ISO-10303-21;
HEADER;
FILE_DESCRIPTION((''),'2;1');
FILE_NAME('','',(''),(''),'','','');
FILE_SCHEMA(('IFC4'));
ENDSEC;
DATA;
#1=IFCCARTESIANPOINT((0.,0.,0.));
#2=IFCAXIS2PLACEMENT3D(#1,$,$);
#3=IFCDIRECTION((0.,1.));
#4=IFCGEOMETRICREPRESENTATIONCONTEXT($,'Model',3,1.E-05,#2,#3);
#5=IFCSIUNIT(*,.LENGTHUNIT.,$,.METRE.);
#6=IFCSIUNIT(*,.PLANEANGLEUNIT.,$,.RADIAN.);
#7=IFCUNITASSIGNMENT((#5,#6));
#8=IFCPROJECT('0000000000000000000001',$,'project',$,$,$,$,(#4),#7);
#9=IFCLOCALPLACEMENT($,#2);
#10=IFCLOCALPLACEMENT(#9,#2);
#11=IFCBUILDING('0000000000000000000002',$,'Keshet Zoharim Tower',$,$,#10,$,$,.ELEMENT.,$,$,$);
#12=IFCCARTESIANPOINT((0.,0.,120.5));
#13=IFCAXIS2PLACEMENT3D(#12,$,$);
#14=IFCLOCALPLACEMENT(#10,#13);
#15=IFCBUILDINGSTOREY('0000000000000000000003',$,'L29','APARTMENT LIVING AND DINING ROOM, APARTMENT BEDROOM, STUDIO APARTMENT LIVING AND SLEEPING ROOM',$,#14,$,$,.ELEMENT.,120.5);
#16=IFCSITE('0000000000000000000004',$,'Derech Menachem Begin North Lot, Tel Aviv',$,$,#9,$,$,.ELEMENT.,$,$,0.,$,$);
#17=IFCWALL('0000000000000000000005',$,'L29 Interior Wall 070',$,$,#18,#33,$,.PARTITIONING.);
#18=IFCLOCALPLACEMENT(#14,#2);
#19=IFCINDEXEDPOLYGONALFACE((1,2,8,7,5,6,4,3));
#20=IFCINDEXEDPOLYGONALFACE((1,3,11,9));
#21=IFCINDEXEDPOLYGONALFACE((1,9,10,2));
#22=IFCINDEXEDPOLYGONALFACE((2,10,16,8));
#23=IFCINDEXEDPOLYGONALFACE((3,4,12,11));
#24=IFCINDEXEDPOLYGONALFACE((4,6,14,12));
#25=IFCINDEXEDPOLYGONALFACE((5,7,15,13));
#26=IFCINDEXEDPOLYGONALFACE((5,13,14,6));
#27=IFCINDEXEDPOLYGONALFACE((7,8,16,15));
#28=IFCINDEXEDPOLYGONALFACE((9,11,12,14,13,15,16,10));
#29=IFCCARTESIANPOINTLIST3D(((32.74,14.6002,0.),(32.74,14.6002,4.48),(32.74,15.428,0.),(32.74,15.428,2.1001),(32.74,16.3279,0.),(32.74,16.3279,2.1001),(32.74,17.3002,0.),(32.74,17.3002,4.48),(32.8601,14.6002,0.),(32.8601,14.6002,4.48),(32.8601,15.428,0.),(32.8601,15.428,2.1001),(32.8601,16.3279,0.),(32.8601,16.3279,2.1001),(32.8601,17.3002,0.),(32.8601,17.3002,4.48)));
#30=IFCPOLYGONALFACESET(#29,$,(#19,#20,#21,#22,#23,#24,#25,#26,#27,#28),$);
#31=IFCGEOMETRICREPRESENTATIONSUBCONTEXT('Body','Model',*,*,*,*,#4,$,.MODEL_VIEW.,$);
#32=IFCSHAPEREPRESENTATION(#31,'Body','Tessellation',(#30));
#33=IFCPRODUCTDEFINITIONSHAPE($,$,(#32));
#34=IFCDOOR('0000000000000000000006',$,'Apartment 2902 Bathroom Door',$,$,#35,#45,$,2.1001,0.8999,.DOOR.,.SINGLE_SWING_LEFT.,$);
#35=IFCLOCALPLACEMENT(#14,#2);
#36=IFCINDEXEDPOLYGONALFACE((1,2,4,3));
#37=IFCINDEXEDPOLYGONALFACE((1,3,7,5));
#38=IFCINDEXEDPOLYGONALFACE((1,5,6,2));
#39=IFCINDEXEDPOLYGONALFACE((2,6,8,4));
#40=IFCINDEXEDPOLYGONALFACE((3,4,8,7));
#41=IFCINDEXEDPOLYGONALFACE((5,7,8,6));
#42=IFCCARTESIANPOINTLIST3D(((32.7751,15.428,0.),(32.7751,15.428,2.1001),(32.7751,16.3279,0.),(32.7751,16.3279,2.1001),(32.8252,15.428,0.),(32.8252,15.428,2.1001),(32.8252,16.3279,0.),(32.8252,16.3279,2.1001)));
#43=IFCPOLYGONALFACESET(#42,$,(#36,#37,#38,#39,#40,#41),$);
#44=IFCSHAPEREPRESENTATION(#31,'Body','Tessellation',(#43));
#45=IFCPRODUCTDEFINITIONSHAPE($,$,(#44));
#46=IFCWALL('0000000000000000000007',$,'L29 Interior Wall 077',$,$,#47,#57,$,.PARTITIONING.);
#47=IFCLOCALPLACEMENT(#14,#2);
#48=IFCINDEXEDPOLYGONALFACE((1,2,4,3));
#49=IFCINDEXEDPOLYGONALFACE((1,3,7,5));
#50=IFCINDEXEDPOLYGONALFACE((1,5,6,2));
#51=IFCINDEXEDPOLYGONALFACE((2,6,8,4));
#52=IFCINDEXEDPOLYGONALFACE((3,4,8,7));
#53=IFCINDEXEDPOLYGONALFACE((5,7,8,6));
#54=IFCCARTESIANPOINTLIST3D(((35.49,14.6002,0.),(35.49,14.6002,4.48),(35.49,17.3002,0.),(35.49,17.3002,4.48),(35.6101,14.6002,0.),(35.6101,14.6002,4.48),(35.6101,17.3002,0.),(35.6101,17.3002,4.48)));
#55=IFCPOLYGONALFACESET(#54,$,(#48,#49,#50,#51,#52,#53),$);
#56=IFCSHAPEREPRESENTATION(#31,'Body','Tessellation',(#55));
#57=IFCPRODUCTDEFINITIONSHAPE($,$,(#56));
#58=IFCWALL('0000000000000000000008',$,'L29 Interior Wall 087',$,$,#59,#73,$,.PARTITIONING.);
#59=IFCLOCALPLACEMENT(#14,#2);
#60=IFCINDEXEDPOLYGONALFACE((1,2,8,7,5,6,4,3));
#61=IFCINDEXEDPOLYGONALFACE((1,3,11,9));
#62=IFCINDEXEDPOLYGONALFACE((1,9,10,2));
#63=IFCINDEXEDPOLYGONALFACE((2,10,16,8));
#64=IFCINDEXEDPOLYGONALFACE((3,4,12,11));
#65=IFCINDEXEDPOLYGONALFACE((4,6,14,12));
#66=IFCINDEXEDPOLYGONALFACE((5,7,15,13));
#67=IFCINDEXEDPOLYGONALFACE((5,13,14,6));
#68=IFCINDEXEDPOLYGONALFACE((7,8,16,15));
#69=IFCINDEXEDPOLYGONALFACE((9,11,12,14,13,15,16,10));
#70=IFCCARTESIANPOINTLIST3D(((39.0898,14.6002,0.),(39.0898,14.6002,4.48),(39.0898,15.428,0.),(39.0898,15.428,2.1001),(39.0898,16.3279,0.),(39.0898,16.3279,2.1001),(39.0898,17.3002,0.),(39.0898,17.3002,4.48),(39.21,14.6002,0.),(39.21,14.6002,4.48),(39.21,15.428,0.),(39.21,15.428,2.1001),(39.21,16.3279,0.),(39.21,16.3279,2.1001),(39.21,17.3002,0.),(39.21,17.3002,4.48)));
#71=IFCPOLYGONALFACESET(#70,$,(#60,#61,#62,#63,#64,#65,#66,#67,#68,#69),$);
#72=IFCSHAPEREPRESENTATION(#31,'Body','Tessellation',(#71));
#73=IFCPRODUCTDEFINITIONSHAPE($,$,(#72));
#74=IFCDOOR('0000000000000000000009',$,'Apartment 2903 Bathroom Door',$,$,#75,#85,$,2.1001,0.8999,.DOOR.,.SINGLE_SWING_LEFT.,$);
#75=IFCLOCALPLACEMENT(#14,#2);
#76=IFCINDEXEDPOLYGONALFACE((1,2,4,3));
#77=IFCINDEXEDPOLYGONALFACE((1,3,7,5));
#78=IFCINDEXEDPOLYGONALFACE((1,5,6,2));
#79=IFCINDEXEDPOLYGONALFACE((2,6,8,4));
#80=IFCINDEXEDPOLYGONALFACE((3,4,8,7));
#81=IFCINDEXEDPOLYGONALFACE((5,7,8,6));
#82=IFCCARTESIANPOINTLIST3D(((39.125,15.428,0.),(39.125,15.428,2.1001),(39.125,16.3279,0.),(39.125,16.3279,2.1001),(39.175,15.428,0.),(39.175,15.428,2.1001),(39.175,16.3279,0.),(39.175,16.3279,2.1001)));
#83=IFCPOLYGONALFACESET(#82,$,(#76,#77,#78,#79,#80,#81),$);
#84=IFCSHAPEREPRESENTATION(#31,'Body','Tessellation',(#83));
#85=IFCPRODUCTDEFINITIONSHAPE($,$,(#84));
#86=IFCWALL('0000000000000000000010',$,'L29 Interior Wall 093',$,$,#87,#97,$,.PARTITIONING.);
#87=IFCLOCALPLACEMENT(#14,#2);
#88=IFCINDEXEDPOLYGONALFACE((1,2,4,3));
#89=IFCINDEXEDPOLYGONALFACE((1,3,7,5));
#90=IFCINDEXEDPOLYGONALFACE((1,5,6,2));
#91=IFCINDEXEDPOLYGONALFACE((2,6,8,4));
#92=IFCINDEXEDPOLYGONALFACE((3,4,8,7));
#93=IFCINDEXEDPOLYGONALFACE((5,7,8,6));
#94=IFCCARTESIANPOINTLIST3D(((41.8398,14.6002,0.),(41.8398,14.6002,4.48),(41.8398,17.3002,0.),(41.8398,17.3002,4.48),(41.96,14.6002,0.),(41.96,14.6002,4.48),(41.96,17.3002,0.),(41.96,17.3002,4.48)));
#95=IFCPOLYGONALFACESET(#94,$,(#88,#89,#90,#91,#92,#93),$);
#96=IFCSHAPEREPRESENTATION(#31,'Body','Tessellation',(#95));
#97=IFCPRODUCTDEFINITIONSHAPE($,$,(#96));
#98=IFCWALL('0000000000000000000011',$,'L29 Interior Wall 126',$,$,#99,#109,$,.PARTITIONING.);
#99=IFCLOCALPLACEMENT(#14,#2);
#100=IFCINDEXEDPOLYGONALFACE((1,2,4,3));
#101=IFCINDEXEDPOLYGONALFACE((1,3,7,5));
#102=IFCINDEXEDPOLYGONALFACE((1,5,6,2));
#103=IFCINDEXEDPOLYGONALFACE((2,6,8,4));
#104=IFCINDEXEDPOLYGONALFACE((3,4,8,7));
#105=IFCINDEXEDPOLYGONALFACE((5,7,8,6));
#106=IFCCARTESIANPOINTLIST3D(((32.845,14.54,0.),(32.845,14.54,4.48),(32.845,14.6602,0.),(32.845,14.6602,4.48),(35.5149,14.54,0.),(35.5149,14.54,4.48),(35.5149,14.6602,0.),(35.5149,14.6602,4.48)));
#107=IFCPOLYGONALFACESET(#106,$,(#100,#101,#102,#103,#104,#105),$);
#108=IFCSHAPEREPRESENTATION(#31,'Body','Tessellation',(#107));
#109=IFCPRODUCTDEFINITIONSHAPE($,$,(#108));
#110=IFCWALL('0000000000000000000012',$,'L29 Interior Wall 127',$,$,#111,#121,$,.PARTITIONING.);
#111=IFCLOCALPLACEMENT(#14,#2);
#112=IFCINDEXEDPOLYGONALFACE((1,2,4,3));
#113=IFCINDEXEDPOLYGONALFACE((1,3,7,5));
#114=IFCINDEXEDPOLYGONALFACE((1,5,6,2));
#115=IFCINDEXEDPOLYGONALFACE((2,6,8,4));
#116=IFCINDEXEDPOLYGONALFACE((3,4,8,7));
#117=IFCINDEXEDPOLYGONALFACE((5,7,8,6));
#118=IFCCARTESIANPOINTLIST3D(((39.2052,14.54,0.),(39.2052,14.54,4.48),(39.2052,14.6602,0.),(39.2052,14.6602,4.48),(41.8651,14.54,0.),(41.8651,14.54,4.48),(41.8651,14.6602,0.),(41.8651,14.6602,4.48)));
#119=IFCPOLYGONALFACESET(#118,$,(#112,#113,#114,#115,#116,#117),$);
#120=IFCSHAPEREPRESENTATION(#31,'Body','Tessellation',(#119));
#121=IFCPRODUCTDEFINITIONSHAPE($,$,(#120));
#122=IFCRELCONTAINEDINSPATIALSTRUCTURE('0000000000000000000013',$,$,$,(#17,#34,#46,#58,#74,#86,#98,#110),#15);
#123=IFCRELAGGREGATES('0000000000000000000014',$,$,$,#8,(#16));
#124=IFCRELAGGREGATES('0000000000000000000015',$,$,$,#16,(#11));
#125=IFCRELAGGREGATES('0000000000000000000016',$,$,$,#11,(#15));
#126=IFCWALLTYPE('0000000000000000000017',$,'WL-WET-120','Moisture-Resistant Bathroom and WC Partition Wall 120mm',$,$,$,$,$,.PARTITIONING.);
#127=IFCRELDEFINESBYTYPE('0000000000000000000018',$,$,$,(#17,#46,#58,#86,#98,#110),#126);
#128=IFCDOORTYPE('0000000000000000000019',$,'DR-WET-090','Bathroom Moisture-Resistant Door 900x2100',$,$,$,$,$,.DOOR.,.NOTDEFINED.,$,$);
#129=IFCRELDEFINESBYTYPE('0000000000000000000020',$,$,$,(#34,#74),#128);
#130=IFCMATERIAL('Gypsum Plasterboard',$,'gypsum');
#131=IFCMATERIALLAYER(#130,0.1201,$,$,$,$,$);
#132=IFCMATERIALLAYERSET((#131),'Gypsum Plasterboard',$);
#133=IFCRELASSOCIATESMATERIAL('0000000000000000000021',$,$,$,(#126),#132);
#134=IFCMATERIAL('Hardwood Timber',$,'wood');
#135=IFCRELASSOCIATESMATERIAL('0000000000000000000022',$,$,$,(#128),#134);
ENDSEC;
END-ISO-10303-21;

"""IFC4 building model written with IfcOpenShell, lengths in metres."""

from ifc_helpers import new_model, si_unit, direction, frame, frame_2d, origin, place, context, subcontext, project, spatial, rectangle, extrude, material, layer, layer_set, type_object, element, fill, save


model = new_model("IFC4")

# Units and contexts
model_context = context("Model", 3, precision=1e-05, world=origin(), true_north=direction((0.0, 1.0)))
body_context = subcontext(model_context, "Body", "Model", "MODEL_VIEW")
ifc_project = project(units=[si_unit("LENGTHUNIT", "METRE"), si_unit("PLANEANGLEUNIT", "RADIAN")], contexts=[model_context])

# Site, building, storey
site_placement = place(None, origin())
site = spatial("IfcSite", under=ifc_project, at=site_placement, Name="Derech Menachem Begin North Lot, Tel Aviv", CompositionType="ELEMENT", RefElevation=0.0)
building_placement = place(site_placement, origin())
building = spatial("IfcBuilding", under=site, at=building_placement, Name="Keshet Zoharim Tower", CompositionType="ELEMENT")
storey_placement = place(building_placement, frame((0.0, 0.0, 120.5)))
storey = spatial("IfcBuildingStorey", under=building, at=storey_placement, Name="L29", Description="APARTMENT LIVING AND DINING ROOM, APARTMENT BEDROOM, STUDIO APARTMENT LIVING AND SLEEPING ROOM", CompositionType="ELEMENT", Elevation=120.5)

# Shared definitions
ifc_material_1 = material(Name="Gypsum Plasterboard", Category="gypsum")
ifc_material_2 = material(Name="Hardwood Timber", Category="wood")

# Wall, opening, door
ifc_layer_1 = layer(ifc_material_1, 0.1201)
ifc_layer_set_1 = layer_set([ifc_layer_1], Name="Gypsum Plasterboard")
wall_type_1 = type_object("IfcWallType", Name="WL-WET-120", Description="Moisture-Resistant Bathroom and WC Partition Wall 120mm", PredefinedType="PARTITIONING", material=ifc_layer_set_1)
wall_1_placement = place(storey_placement, frame((32.8, 14.6001, 0.0), z_axis=(0.0, 0.0, 1.0), x_axis=(0.0, 1.0, 0.0)))
wall_1 = element("IfcWall", 1, at=wall_1_placement, inside=storey, type_object=wall_type_1, Name="L29 Interior Wall 070", PredefinedType="PARTITIONING", context=body_context, shape_type="SweptSolid", body=[
    extrude(rectangle(XDim=2.7, YDim=0.1201, at=frame_2d((1.3501, 0.0))), origin(), (0.0, 0.0, 1.0), 4.48),
])
opening_1_placement = place(wall_1_placement, frame((0.8279, 0.0, 0.0)))
opening_1 = element("IfcOpeningElement", 2, at=opening_1_placement, cuts=wall_1, PredefinedType="OPENING", context=body_context, shape_type="SweptSolid", body=[
    extrude(rectangle(XDim=0.8999, YDim=2.1001, at=frame_2d((0.45, 1.05))), frame((0.0, 0.0701, 0.0), z_axis=(0.0, -1.0, 0.0), x_axis=(1.0, 0.0, 0.0)), (0.0, 0.0, 1.0), 0.1401),
])
door_type_1 = type_object("IfcDoorType", Name="DR-WET-090", Description="Bathroom Moisture-Resistant Door 900x2100", OperationType="NOTDEFINED", PredefinedType="DOOR", material=ifc_material_2)
door_1_placement = place(opening_1_placement, origin())
door_1 = element("IfcDoor", 3, at=door_1_placement, inside=storey, type_object=door_type_1, Name="Apartment 2902 Bathroom Door", OperationType="SINGLE_SWING_LEFT", OverallHeight=2.1001, OverallWidth=0.8999, PredefinedType="DOOR", context=body_context, shape_type="SweptSolid", body=[
    extrude(rectangle(XDim=0.8999, YDim=2.1001, at=frame_2d((0.45, 1.05))), frame((0.0, 0.0249, 0.0), z_axis=(0.0, -1.0, 0.0), x_axis=(1.0, 0.0, 0.0)), (0.0, 0.0, 1.0), 0.05),
])
fill(opening_1, door_1)

# Wall
wall_2_placement = place(storey_placement, frame((35.55, 14.6001, 0.0), z_axis=(0.0, 0.0, 1.0), x_axis=(0.0, 1.0, 0.0)))
element("IfcWall", 4, at=wall_2_placement, inside=storey, type_object=wall_type_1, Name="L29 Interior Wall 077", PredefinedType="PARTITIONING", context=body_context, shape_type="SweptSolid", body=[
    extrude(rectangle(XDim=2.7, YDim=0.1201, at=frame_2d((1.3501, 0.0))), origin(), (0.0, 0.0, 1.0), 4.48),
])

# Wall, opening, door
wall_3_placement = place(storey_placement, frame((39.1499, 14.6001, 0.0), z_axis=(0.0, 0.0, 1.0), x_axis=(0.0, 1.0, 0.0)))
wall_3 = element("IfcWall", 5, at=wall_3_placement, inside=storey, type_object=wall_type_1, Name="L29 Interior Wall 087", PredefinedType="PARTITIONING", context=body_context, shape_type="SweptSolid", body=[
    extrude(rectangle(XDim=2.7, YDim=0.1201, at=frame_2d((1.3501, 0.0))), origin(), (0.0, 0.0, 1.0), 4.48),
])
opening_2_placement = place(wall_3_placement, frame((0.8279, 0.0, 0.0)))
opening_2 = element("IfcOpeningElement", 6, at=opening_2_placement, cuts=wall_3, PredefinedType="OPENING", context=body_context, shape_type="SweptSolid", body=[
    extrude(rectangle(XDim=0.8999, YDim=2.1001, at=frame_2d((0.45, 1.05))), frame((0.0, 0.0701, 0.0), z_axis=(0.0, -1.0, 0.0), x_axis=(1.0, 0.0, 0.0)), (0.0, 0.0, 1.0), 0.1401),
])
door_2_placement = place(opening_2_placement, origin())
door_2 = element("IfcDoor", 7, at=door_2_placement, inside=storey, type_object=door_type_1, Name="Apartment 2903 Bathroom Door", OperationType="SINGLE_SWING_LEFT", OverallHeight=2.1001, OverallWidth=0.8999, PredefinedType="DOOR", context=body_context, shape_type="SweptSolid", body=[
    extrude(rectangle(XDim=0.8999, YDim=2.1001, at=frame_2d((0.45, 1.05))), frame((0.0, 0.0249, 0.0), z_axis=(0.0, -1.0, 0.0), x_axis=(1.0, 0.0, 0.0)), (0.0, 0.0, 1.0), 0.05),
])
fill(opening_2, door_2)

# Walls
wall_4_placement = place(storey_placement, frame((41.8999, 14.6001, 0.0), z_axis=(0.0, 0.0, 1.0), x_axis=(0.0, 1.0, 0.0)))
element("IfcWall", 8, at=wall_4_placement, inside=storey, type_object=wall_type_1, Name="L29 Interior Wall 093", PredefinedType="PARTITIONING", context=body_context, shape_type="SweptSolid", body=[
    extrude(rectangle(XDim=2.7, YDim=0.1201, at=frame_2d((1.3501, 0.0))), origin(), (0.0, 0.0, 1.0), 4.48),
])
wall_5_placement = place(storey_placement, frame((32.845, 14.6001, 0.0), z_axis=(0.0, 0.0, 1.0), x_axis=(1.0, 0.0, 0.0)))
element("IfcWall", 9, at=wall_5_placement, inside=storey, type_object=wall_type_1, Name="L29 Interior Wall 126", PredefinedType="PARTITIONING", context=body_context, shape_type="SweptSolid", body=[
    extrude(rectangle(XDim=2.6699, YDim=0.1201, at=frame_2d((1.335, 0.0))), origin(), (0.0, 0.0, 1.0), 4.48),
])
wall_6_placement = place(storey_placement, frame((39.2051, 14.6001, 0.0), z_axis=(0.0, 0.0, 1.0), x_axis=(1.0, 0.0, 0.0)))
element("IfcWall", 10, at=wall_6_placement, inside=storey, type_object=wall_type_1, Name="L29 Interior Wall 127", PredefinedType="PARTITIONING", context=body_context, shape_type="SweptSolid", body=[
    extrude(rectangle(XDim=2.6599, YDim=0.1201, at=frame_2d((1.3301, 0.0))), origin(), (0.0, 0.0, 1.0), 4.48),
])

save(model, "model.ifc")
